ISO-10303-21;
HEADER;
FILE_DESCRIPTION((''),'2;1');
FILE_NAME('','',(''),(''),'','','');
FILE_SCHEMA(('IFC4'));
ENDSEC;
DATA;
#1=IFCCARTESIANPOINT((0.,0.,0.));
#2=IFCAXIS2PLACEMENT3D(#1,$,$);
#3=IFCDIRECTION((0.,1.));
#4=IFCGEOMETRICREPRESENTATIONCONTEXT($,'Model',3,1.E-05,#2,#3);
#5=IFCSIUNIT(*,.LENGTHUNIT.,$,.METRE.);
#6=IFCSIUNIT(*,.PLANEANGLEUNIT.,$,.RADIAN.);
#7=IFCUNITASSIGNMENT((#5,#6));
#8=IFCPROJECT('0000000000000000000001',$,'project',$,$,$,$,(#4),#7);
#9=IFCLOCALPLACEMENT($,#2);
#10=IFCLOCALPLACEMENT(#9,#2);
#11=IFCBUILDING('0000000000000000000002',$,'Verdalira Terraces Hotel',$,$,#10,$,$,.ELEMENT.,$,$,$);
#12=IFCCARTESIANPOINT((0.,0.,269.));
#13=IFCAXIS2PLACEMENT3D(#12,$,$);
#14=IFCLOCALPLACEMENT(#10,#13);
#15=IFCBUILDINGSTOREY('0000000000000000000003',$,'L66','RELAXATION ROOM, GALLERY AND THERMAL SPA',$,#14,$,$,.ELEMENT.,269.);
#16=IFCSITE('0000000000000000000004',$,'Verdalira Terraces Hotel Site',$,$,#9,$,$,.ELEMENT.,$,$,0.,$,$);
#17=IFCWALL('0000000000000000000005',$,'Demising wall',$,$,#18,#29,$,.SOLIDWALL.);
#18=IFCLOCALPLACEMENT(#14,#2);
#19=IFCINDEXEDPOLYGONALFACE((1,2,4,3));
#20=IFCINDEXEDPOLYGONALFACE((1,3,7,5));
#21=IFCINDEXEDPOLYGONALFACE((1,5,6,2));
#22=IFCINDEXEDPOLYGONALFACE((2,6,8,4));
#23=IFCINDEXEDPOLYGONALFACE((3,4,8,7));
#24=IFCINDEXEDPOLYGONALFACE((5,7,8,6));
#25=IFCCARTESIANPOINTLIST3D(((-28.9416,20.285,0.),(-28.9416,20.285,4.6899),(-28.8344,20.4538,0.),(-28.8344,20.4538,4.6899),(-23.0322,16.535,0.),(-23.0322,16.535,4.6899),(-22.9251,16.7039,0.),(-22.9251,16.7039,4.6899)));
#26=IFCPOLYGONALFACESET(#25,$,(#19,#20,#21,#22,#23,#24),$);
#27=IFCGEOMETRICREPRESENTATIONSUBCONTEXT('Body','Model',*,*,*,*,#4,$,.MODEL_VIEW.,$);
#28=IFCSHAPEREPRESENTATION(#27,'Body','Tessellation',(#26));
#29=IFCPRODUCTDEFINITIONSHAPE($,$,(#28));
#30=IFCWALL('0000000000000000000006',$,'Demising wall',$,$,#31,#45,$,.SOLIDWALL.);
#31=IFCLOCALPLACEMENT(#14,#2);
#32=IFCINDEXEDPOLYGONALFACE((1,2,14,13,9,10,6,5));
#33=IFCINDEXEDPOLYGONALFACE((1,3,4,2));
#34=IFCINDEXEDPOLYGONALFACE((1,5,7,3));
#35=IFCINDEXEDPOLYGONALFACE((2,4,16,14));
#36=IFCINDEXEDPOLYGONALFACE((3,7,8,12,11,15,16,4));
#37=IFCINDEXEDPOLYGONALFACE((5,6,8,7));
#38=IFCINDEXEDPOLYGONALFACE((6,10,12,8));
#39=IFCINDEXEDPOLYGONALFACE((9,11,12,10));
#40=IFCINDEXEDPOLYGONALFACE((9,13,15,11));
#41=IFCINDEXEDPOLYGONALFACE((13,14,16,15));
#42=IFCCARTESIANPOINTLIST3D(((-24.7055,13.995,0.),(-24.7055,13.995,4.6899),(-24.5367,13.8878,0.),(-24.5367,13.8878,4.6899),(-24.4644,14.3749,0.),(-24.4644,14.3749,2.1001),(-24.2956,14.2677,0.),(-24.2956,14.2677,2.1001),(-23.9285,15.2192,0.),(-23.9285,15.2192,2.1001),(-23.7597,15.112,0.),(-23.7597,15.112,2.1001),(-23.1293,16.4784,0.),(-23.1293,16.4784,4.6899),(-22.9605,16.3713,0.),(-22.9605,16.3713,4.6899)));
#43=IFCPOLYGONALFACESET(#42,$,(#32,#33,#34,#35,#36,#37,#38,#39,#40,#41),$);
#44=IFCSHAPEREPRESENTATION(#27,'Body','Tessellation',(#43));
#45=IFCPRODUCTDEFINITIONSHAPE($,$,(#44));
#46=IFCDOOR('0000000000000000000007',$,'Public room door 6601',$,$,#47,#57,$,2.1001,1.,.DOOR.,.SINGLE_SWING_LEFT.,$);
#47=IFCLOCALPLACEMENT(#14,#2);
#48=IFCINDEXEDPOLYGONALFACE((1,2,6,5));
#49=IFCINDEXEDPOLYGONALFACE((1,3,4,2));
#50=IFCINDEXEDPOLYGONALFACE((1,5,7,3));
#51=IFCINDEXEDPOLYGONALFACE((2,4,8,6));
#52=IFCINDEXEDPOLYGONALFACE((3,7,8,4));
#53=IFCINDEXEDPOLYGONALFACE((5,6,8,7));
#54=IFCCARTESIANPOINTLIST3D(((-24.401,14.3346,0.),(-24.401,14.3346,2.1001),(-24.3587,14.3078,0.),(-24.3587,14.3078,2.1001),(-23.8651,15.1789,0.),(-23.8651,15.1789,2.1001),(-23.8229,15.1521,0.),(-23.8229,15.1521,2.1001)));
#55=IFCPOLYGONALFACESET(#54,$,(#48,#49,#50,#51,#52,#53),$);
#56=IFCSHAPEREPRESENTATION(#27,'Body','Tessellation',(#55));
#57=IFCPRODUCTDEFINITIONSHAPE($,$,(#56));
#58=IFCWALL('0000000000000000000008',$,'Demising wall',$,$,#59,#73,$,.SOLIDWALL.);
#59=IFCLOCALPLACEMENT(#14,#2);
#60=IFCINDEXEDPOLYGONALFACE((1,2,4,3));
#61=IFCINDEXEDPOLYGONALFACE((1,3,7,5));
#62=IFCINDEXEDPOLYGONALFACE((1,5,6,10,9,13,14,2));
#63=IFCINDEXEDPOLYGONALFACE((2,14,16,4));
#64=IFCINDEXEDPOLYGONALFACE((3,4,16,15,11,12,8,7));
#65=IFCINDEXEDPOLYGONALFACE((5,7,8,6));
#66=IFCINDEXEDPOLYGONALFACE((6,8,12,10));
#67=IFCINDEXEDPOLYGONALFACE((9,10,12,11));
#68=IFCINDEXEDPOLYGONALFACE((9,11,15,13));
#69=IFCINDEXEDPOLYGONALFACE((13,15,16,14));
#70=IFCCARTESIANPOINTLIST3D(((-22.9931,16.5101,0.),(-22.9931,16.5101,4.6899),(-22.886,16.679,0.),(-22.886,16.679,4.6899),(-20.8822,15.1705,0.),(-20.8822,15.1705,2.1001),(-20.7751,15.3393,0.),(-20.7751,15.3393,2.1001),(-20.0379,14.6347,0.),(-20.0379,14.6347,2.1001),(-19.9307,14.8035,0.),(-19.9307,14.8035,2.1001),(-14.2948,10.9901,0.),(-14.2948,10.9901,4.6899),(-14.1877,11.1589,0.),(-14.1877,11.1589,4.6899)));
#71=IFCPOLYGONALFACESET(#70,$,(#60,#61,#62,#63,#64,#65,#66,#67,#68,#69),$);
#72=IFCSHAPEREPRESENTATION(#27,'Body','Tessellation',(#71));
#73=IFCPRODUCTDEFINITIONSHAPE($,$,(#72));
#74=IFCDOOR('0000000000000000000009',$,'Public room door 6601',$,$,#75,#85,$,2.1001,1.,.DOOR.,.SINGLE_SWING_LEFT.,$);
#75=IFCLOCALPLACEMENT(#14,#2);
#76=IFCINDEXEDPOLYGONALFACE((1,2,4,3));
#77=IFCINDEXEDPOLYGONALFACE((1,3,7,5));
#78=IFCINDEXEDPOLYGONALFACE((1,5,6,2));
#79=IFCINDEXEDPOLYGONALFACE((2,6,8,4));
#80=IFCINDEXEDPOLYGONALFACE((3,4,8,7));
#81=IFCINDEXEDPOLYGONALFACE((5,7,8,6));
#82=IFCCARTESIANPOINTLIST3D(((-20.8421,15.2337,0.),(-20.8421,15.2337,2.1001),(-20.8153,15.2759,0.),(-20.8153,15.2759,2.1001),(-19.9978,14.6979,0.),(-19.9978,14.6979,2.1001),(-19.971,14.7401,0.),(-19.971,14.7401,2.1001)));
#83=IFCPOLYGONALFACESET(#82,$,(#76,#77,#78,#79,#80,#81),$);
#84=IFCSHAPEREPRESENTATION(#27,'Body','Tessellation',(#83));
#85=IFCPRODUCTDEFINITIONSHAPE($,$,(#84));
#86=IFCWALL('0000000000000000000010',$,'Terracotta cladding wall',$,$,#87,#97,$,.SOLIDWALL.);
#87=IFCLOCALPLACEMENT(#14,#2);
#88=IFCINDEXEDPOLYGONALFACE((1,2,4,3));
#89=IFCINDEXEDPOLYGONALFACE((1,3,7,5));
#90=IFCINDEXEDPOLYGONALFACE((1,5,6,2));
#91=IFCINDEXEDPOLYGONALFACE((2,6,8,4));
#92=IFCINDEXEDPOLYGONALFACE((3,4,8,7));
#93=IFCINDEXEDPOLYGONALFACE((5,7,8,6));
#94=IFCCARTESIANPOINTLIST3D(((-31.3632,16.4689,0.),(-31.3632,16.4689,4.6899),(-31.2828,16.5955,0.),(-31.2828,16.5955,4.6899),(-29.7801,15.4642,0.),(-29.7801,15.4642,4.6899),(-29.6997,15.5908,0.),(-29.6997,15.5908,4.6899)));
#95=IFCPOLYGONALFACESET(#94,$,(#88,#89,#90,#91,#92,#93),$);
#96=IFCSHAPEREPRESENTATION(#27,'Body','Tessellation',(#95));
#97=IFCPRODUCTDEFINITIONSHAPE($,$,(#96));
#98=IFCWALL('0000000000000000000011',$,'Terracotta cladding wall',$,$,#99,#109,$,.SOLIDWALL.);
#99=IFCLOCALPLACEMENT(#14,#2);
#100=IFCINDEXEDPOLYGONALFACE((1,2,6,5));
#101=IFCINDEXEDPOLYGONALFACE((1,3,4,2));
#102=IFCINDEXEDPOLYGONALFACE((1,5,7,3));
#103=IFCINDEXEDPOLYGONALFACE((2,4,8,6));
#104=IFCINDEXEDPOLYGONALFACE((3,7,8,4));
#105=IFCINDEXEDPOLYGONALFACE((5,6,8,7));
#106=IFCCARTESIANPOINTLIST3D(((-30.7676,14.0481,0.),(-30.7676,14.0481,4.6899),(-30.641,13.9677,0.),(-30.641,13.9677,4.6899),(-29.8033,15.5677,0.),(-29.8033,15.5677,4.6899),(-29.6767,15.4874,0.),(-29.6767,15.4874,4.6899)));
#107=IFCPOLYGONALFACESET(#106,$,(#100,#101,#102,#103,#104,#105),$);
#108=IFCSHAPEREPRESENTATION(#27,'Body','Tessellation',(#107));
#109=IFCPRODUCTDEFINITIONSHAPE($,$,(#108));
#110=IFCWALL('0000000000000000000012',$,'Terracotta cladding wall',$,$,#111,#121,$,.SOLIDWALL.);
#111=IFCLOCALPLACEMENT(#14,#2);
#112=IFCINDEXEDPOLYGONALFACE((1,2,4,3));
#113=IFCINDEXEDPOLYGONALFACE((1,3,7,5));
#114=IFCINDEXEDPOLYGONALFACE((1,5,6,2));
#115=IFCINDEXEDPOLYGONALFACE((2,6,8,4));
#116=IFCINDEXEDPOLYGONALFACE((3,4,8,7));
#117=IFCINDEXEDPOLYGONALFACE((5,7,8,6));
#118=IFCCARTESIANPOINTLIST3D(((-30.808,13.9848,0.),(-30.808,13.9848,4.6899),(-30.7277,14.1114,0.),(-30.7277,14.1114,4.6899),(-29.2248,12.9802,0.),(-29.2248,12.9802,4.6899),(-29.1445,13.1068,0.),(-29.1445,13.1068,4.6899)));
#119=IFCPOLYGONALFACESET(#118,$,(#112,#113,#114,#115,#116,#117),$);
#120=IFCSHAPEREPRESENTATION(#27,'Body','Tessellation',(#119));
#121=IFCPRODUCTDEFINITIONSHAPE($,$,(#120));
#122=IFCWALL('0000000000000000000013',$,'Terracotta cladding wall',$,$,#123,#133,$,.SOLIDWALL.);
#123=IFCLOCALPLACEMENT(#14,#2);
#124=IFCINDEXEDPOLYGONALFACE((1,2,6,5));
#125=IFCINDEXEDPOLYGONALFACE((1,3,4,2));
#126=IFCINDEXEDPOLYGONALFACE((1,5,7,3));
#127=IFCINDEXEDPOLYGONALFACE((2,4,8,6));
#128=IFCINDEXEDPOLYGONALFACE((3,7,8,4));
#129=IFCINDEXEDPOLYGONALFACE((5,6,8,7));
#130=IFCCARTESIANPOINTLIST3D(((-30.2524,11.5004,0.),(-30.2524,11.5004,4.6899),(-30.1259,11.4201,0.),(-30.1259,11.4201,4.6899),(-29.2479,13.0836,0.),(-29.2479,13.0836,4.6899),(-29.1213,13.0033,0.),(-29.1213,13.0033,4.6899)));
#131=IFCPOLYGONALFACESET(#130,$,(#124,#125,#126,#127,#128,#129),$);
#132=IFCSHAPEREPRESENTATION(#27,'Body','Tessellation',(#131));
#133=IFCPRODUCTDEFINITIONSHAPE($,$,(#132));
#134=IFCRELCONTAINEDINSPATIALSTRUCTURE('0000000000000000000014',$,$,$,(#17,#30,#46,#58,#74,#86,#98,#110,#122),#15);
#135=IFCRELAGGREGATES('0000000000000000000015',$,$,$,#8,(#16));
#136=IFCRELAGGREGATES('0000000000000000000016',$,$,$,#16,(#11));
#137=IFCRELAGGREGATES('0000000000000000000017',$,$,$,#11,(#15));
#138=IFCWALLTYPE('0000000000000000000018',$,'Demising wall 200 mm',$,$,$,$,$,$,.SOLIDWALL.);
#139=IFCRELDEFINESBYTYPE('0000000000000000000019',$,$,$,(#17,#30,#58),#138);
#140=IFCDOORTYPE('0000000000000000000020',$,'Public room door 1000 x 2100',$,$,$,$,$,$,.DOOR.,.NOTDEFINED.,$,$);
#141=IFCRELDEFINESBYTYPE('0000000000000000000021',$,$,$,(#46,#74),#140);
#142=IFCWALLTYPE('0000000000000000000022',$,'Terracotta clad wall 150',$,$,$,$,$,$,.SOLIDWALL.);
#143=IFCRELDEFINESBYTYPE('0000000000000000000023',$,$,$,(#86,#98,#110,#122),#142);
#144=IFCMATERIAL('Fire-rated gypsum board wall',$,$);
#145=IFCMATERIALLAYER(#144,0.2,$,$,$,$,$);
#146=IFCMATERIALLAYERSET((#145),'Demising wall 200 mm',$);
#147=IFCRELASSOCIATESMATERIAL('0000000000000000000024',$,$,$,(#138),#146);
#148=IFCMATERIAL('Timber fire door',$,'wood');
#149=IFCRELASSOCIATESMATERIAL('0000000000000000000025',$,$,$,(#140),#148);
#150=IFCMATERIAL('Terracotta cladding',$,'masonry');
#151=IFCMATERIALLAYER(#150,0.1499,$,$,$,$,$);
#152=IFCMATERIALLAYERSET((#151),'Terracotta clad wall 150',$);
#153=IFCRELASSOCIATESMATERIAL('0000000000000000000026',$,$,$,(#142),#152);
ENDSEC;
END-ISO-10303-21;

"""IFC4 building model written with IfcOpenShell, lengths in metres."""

from ifc_helpers import new_model, si_unit, direction, frame, frame_2d, origin, place, context, subcontext, project, spatial, rectangle, extrude, material, layer, layer_set, type_object, element, fill, save


model = new_model("IFC4")

# Units and contexts
model_context = context("Model", 3, precision=1e-05, world=origin(), true_north=direction((0.0, 1.0)))
body_context = subcontext(model_context, "Body", "Model", "MODEL_VIEW")
ifc_project = project(units=[si_unit("LENGTHUNIT", "METRE"), si_unit("PLANEANGLEUNIT", "RADIAN")], contexts=[model_context])

# Site, building, storey
site_placement = place(None, origin())
site = spatial("IfcSite", under=ifc_project, at=site_placement, Name="Verdalira Terraces Hotel Site", CompositionType="ELEMENT", RefElevation=0.0)
building_placement = place(site_placement, origin())
building = spatial("IfcBuilding", under=site, at=building_placement, Name="Verdalira Terraces Hotel", CompositionType="ELEMENT")
storey_placement = place(building_placement, frame((0.0, 0.0, 269.0)))
storey = spatial("IfcBuildingStorey", under=building, at=storey_placement, Name="L66", Description="RELAXATION ROOM, GALLERY AND THERMAL SPA", CompositionType="ELEMENT", Elevation=269.0)

# Wall
ifc_material_1 = material(Name="Fire-rated gypsum board wall")
ifc_layer_1 = layer(ifc_material_1, 0.2)
ifc_layer_set_1 = layer_set([ifc_layer_1], Name="Demising wall 200 mm")
wall_type_1 = type_object("IfcWallType", Name="Demising wall 200 mm", PredefinedType="SOLIDWALL", material=ifc_layer_set_1)
wall_1_placement = place(storey_placement, frame((-22.9785, 16.6194, 0.0), z_axis=(0.0, 0.0, 1.0), x_axis=(-0.844343, 0.535803, 0.0)))
element("IfcWall", 1, at=wall_1_placement, inside=storey, type_object=wall_type_1, Name="Demising wall", PredefinedType="SOLIDWALL", context=body_context, shape_type="SweptSolid", body=[
    extrude(rectangle(XDim=6.9988, YDim=0.2, at=frame_2d((3.4995, 0.0))), origin(), (0.0, 0.0, 1.0), 4.6899),
])

# Walls, openings, doors
wall_2_placement = place(storey_placement, frame((-24.6211, 13.9414, 0.0), z_axis=(0.0, 0.0, 1.0), x_axis=(0.535865, 0.844303, 0.0)))
wall_2 = element("IfcWall", 2, at=wall_2_placement, inside=storey, type_object=wall_type_1, Name="Demising wall", PredefinedType="SOLIDWALL", context=body_context, shape_type="SweptSolid", body=[
    extrude(rectangle(XDim=2.9414, YDim=0.2, at=frame_2d((1.4707, 0.0))), origin(), (0.0, 0.0, 1.0), 4.6899),
])
opening_1_placement = place(wall_2_placement, frame((0.45, 0.0, 0.0)))
opening_1 = element("IfcOpeningElement", 3, at=opening_1_placement, cuts=wall_2, PredefinedType="OPENING", context=body_context, shape_type="SweptSolid", body=[
    extrude(rectangle(XDim=1.0, YDim=2.1001, at=frame_2d((0.5, 1.05))), frame((0.0, 0.1099, 0.0), z_axis=(0.0, -1.0, 0.0), x_axis=(1.0, 0.0, 0.0)), (0.0, 0.0, 1.0), 0.22),
])
ifc_material_2 = material(Name="Timber fire door", Category="wood")
door_type = type_object("IfcDoorType", Name="Public room door 1000 x 2100", OperationType="NOTDEFINED", PredefinedType="DOOR", material=ifc_material_2)
door_1_placement = place(opening_1_placement, origin())
door_1 = element("IfcDoor", 4, at=door_1_placement, inside=storey, type_object=door_type, Name="Public room door 6601", OperationType="SINGLE_SWING_LEFT", OverallHeight=2.1001, OverallWidth=1.0, PredefinedType="DOOR", context=body_context, shape_type="SweptSolid", body=[
    extrude(rectangle(XDim=1.0, YDim=2.1001, at=frame_2d((0.5, 1.05))), frame((0.0, 0.0249, 0.0), z_axis=(0.0, -1.0, 0.0), x_axis=(1.0, 0.0, 0.0)), (0.0, 0.0, 1.0), 0.05),
])
fill(opening_1, door_1)
wall_3_placement = place(storey_placement, frame((-22.9395, 16.5945, 0.0), z_axis=(0.0, 0.0, 1.0), x_axis=(0.84433, -0.535823, 0.0)))
wall_3 = element("IfcWall", 5, at=wall_3_placement, inside=storey, type_object=wall_type_1, Name="Demising wall", PredefinedType="SOLIDWALL", context=body_context, shape_type="SweptSolid", body=[
    extrude(rectangle(XDim=10.302, YDim=0.2, at=frame_2d((5.1509, 0.0))), origin(), (0.0, 0.0, 1.0), 4.6899),
])
opening_2_placement = place(wall_3_placement, frame((2.5, 0.0, 0.0)))
opening_2 = element("IfcOpeningElement", 6, at=opening_2_placement, cuts=wall_3, PredefinedType="OPENING", context=body_context, shape_type="SweptSolid", body=[
    extrude(rectangle(XDim=1.0, YDim=2.1001, at=frame_2d((0.5, 1.05))), frame((0.0, 0.1099, 0.0), z_axis=(0.0, -1.0, 0.0), x_axis=(1.0, 0.0, 0.0)), (0.0, 0.0, 1.0), 0.22),
])
door_2_placement = place(opening_2_placement, origin())
door_2 = element("IfcDoor", 7, at=door_2_placement, inside=storey, type_object=door_type, Name="Public room door 6601", OperationType="SINGLE_SWING_LEFT", OverallHeight=2.1001, OverallWidth=1.0, PredefinedType="DOOR", context=body_context, shape_type="SweptSolid", body=[
    extrude(rectangle(XDim=1.0, YDim=2.1001, at=frame_2d((0.5, 1.05))), frame((0.0, 0.0249, 0.0), z_axis=(0.0, -1.0, 0.0), x_axis=(1.0, 0.0, 0.0)), (0.0, 0.0, 1.0), 0.05),
])
fill(opening_2, door_2)

# Walls
ifc_material_3 = material(Name="Terracotta cladding", Category="masonry")
ifc_layer_2 = layer(ifc_material_3, 0.1499)
ifc_layer_set_2 = layer_set([ifc_layer_2], Name="Terracotta clad wall 150")
wall_type_2 = type_object("IfcWallType", Name="Terracotta clad wall 150", PredefinedType="SOLIDWALL", material=ifc_layer_set_2)
wall_4_placement = place(storey_placement, frame((-31.323, 16.5322, 0.0), z_axis=(0.0, 0.0, 1.0), x_axis=(0.84432, -0.535839, 0.0)))
element("IfcWall", 8, at=wall_4_placement, inside=storey, type_object=wall_type_2, Name="Terracotta cladding wall", PredefinedType="SOLIDWALL", context=body_context, shape_type="SweptSolid", body=[
    extrude(rectangle(XDim=1.875, YDim=0.1499, at=frame_2d((0.9375, 0.0))), origin(), (0.0, 0.0, 1.0), 4.6899),
])
wall_5_placement = place(storey_placement, frame((-29.74, 15.5276, 0.0), z_axis=(0.0, 0.0, 1.0), x_axis=(-0.535778, -0.844359, 0.0)))
element("IfcWall", 9, at=wall_5_placement, inside=storey, type_object=wall_type_2, Name="Terracotta cladding wall", PredefinedType="SOLIDWALL", context=body_context, shape_type="SweptSolid", body=[
    extrude(rectangle(XDim=1.7998, YDim=0.1499, at=frame_2d((0.8999, 0.0))), origin(), (0.0, 0.0, 1.0), 4.6899),
])
for number, where, z_axis, x_axis, name in (
    (10, (-30.7678, 14.0481, 0.0), (0.0, 0.0, 1.0), (0.844358, -0.53578, 0.0), "Terracotta cladding wall"),
    (11, (-29.1846, 13.0435, 0.0), (0.0, 0.0, 1.0), (-0.53578, -0.844358, 0.0), "Terracotta cladding wall"),
):
    element("IfcWall", number, at=place(storey_placement, frame(where, z_axis=z_axis, x_axis=x_axis)), inside=storey, type_object=wall_type_2, Name=name, PredefinedType="SOLIDWALL", context=body_context, shape_type="SweptSolid", body=[
        extrude(rectangle(XDim=1.875, YDim=0.1499, at=frame_2d((0.9375, 0.0))), origin(), (0.0, 0.0, 1.0), 4.6899),
    ])

save(model, "model.ifc")
